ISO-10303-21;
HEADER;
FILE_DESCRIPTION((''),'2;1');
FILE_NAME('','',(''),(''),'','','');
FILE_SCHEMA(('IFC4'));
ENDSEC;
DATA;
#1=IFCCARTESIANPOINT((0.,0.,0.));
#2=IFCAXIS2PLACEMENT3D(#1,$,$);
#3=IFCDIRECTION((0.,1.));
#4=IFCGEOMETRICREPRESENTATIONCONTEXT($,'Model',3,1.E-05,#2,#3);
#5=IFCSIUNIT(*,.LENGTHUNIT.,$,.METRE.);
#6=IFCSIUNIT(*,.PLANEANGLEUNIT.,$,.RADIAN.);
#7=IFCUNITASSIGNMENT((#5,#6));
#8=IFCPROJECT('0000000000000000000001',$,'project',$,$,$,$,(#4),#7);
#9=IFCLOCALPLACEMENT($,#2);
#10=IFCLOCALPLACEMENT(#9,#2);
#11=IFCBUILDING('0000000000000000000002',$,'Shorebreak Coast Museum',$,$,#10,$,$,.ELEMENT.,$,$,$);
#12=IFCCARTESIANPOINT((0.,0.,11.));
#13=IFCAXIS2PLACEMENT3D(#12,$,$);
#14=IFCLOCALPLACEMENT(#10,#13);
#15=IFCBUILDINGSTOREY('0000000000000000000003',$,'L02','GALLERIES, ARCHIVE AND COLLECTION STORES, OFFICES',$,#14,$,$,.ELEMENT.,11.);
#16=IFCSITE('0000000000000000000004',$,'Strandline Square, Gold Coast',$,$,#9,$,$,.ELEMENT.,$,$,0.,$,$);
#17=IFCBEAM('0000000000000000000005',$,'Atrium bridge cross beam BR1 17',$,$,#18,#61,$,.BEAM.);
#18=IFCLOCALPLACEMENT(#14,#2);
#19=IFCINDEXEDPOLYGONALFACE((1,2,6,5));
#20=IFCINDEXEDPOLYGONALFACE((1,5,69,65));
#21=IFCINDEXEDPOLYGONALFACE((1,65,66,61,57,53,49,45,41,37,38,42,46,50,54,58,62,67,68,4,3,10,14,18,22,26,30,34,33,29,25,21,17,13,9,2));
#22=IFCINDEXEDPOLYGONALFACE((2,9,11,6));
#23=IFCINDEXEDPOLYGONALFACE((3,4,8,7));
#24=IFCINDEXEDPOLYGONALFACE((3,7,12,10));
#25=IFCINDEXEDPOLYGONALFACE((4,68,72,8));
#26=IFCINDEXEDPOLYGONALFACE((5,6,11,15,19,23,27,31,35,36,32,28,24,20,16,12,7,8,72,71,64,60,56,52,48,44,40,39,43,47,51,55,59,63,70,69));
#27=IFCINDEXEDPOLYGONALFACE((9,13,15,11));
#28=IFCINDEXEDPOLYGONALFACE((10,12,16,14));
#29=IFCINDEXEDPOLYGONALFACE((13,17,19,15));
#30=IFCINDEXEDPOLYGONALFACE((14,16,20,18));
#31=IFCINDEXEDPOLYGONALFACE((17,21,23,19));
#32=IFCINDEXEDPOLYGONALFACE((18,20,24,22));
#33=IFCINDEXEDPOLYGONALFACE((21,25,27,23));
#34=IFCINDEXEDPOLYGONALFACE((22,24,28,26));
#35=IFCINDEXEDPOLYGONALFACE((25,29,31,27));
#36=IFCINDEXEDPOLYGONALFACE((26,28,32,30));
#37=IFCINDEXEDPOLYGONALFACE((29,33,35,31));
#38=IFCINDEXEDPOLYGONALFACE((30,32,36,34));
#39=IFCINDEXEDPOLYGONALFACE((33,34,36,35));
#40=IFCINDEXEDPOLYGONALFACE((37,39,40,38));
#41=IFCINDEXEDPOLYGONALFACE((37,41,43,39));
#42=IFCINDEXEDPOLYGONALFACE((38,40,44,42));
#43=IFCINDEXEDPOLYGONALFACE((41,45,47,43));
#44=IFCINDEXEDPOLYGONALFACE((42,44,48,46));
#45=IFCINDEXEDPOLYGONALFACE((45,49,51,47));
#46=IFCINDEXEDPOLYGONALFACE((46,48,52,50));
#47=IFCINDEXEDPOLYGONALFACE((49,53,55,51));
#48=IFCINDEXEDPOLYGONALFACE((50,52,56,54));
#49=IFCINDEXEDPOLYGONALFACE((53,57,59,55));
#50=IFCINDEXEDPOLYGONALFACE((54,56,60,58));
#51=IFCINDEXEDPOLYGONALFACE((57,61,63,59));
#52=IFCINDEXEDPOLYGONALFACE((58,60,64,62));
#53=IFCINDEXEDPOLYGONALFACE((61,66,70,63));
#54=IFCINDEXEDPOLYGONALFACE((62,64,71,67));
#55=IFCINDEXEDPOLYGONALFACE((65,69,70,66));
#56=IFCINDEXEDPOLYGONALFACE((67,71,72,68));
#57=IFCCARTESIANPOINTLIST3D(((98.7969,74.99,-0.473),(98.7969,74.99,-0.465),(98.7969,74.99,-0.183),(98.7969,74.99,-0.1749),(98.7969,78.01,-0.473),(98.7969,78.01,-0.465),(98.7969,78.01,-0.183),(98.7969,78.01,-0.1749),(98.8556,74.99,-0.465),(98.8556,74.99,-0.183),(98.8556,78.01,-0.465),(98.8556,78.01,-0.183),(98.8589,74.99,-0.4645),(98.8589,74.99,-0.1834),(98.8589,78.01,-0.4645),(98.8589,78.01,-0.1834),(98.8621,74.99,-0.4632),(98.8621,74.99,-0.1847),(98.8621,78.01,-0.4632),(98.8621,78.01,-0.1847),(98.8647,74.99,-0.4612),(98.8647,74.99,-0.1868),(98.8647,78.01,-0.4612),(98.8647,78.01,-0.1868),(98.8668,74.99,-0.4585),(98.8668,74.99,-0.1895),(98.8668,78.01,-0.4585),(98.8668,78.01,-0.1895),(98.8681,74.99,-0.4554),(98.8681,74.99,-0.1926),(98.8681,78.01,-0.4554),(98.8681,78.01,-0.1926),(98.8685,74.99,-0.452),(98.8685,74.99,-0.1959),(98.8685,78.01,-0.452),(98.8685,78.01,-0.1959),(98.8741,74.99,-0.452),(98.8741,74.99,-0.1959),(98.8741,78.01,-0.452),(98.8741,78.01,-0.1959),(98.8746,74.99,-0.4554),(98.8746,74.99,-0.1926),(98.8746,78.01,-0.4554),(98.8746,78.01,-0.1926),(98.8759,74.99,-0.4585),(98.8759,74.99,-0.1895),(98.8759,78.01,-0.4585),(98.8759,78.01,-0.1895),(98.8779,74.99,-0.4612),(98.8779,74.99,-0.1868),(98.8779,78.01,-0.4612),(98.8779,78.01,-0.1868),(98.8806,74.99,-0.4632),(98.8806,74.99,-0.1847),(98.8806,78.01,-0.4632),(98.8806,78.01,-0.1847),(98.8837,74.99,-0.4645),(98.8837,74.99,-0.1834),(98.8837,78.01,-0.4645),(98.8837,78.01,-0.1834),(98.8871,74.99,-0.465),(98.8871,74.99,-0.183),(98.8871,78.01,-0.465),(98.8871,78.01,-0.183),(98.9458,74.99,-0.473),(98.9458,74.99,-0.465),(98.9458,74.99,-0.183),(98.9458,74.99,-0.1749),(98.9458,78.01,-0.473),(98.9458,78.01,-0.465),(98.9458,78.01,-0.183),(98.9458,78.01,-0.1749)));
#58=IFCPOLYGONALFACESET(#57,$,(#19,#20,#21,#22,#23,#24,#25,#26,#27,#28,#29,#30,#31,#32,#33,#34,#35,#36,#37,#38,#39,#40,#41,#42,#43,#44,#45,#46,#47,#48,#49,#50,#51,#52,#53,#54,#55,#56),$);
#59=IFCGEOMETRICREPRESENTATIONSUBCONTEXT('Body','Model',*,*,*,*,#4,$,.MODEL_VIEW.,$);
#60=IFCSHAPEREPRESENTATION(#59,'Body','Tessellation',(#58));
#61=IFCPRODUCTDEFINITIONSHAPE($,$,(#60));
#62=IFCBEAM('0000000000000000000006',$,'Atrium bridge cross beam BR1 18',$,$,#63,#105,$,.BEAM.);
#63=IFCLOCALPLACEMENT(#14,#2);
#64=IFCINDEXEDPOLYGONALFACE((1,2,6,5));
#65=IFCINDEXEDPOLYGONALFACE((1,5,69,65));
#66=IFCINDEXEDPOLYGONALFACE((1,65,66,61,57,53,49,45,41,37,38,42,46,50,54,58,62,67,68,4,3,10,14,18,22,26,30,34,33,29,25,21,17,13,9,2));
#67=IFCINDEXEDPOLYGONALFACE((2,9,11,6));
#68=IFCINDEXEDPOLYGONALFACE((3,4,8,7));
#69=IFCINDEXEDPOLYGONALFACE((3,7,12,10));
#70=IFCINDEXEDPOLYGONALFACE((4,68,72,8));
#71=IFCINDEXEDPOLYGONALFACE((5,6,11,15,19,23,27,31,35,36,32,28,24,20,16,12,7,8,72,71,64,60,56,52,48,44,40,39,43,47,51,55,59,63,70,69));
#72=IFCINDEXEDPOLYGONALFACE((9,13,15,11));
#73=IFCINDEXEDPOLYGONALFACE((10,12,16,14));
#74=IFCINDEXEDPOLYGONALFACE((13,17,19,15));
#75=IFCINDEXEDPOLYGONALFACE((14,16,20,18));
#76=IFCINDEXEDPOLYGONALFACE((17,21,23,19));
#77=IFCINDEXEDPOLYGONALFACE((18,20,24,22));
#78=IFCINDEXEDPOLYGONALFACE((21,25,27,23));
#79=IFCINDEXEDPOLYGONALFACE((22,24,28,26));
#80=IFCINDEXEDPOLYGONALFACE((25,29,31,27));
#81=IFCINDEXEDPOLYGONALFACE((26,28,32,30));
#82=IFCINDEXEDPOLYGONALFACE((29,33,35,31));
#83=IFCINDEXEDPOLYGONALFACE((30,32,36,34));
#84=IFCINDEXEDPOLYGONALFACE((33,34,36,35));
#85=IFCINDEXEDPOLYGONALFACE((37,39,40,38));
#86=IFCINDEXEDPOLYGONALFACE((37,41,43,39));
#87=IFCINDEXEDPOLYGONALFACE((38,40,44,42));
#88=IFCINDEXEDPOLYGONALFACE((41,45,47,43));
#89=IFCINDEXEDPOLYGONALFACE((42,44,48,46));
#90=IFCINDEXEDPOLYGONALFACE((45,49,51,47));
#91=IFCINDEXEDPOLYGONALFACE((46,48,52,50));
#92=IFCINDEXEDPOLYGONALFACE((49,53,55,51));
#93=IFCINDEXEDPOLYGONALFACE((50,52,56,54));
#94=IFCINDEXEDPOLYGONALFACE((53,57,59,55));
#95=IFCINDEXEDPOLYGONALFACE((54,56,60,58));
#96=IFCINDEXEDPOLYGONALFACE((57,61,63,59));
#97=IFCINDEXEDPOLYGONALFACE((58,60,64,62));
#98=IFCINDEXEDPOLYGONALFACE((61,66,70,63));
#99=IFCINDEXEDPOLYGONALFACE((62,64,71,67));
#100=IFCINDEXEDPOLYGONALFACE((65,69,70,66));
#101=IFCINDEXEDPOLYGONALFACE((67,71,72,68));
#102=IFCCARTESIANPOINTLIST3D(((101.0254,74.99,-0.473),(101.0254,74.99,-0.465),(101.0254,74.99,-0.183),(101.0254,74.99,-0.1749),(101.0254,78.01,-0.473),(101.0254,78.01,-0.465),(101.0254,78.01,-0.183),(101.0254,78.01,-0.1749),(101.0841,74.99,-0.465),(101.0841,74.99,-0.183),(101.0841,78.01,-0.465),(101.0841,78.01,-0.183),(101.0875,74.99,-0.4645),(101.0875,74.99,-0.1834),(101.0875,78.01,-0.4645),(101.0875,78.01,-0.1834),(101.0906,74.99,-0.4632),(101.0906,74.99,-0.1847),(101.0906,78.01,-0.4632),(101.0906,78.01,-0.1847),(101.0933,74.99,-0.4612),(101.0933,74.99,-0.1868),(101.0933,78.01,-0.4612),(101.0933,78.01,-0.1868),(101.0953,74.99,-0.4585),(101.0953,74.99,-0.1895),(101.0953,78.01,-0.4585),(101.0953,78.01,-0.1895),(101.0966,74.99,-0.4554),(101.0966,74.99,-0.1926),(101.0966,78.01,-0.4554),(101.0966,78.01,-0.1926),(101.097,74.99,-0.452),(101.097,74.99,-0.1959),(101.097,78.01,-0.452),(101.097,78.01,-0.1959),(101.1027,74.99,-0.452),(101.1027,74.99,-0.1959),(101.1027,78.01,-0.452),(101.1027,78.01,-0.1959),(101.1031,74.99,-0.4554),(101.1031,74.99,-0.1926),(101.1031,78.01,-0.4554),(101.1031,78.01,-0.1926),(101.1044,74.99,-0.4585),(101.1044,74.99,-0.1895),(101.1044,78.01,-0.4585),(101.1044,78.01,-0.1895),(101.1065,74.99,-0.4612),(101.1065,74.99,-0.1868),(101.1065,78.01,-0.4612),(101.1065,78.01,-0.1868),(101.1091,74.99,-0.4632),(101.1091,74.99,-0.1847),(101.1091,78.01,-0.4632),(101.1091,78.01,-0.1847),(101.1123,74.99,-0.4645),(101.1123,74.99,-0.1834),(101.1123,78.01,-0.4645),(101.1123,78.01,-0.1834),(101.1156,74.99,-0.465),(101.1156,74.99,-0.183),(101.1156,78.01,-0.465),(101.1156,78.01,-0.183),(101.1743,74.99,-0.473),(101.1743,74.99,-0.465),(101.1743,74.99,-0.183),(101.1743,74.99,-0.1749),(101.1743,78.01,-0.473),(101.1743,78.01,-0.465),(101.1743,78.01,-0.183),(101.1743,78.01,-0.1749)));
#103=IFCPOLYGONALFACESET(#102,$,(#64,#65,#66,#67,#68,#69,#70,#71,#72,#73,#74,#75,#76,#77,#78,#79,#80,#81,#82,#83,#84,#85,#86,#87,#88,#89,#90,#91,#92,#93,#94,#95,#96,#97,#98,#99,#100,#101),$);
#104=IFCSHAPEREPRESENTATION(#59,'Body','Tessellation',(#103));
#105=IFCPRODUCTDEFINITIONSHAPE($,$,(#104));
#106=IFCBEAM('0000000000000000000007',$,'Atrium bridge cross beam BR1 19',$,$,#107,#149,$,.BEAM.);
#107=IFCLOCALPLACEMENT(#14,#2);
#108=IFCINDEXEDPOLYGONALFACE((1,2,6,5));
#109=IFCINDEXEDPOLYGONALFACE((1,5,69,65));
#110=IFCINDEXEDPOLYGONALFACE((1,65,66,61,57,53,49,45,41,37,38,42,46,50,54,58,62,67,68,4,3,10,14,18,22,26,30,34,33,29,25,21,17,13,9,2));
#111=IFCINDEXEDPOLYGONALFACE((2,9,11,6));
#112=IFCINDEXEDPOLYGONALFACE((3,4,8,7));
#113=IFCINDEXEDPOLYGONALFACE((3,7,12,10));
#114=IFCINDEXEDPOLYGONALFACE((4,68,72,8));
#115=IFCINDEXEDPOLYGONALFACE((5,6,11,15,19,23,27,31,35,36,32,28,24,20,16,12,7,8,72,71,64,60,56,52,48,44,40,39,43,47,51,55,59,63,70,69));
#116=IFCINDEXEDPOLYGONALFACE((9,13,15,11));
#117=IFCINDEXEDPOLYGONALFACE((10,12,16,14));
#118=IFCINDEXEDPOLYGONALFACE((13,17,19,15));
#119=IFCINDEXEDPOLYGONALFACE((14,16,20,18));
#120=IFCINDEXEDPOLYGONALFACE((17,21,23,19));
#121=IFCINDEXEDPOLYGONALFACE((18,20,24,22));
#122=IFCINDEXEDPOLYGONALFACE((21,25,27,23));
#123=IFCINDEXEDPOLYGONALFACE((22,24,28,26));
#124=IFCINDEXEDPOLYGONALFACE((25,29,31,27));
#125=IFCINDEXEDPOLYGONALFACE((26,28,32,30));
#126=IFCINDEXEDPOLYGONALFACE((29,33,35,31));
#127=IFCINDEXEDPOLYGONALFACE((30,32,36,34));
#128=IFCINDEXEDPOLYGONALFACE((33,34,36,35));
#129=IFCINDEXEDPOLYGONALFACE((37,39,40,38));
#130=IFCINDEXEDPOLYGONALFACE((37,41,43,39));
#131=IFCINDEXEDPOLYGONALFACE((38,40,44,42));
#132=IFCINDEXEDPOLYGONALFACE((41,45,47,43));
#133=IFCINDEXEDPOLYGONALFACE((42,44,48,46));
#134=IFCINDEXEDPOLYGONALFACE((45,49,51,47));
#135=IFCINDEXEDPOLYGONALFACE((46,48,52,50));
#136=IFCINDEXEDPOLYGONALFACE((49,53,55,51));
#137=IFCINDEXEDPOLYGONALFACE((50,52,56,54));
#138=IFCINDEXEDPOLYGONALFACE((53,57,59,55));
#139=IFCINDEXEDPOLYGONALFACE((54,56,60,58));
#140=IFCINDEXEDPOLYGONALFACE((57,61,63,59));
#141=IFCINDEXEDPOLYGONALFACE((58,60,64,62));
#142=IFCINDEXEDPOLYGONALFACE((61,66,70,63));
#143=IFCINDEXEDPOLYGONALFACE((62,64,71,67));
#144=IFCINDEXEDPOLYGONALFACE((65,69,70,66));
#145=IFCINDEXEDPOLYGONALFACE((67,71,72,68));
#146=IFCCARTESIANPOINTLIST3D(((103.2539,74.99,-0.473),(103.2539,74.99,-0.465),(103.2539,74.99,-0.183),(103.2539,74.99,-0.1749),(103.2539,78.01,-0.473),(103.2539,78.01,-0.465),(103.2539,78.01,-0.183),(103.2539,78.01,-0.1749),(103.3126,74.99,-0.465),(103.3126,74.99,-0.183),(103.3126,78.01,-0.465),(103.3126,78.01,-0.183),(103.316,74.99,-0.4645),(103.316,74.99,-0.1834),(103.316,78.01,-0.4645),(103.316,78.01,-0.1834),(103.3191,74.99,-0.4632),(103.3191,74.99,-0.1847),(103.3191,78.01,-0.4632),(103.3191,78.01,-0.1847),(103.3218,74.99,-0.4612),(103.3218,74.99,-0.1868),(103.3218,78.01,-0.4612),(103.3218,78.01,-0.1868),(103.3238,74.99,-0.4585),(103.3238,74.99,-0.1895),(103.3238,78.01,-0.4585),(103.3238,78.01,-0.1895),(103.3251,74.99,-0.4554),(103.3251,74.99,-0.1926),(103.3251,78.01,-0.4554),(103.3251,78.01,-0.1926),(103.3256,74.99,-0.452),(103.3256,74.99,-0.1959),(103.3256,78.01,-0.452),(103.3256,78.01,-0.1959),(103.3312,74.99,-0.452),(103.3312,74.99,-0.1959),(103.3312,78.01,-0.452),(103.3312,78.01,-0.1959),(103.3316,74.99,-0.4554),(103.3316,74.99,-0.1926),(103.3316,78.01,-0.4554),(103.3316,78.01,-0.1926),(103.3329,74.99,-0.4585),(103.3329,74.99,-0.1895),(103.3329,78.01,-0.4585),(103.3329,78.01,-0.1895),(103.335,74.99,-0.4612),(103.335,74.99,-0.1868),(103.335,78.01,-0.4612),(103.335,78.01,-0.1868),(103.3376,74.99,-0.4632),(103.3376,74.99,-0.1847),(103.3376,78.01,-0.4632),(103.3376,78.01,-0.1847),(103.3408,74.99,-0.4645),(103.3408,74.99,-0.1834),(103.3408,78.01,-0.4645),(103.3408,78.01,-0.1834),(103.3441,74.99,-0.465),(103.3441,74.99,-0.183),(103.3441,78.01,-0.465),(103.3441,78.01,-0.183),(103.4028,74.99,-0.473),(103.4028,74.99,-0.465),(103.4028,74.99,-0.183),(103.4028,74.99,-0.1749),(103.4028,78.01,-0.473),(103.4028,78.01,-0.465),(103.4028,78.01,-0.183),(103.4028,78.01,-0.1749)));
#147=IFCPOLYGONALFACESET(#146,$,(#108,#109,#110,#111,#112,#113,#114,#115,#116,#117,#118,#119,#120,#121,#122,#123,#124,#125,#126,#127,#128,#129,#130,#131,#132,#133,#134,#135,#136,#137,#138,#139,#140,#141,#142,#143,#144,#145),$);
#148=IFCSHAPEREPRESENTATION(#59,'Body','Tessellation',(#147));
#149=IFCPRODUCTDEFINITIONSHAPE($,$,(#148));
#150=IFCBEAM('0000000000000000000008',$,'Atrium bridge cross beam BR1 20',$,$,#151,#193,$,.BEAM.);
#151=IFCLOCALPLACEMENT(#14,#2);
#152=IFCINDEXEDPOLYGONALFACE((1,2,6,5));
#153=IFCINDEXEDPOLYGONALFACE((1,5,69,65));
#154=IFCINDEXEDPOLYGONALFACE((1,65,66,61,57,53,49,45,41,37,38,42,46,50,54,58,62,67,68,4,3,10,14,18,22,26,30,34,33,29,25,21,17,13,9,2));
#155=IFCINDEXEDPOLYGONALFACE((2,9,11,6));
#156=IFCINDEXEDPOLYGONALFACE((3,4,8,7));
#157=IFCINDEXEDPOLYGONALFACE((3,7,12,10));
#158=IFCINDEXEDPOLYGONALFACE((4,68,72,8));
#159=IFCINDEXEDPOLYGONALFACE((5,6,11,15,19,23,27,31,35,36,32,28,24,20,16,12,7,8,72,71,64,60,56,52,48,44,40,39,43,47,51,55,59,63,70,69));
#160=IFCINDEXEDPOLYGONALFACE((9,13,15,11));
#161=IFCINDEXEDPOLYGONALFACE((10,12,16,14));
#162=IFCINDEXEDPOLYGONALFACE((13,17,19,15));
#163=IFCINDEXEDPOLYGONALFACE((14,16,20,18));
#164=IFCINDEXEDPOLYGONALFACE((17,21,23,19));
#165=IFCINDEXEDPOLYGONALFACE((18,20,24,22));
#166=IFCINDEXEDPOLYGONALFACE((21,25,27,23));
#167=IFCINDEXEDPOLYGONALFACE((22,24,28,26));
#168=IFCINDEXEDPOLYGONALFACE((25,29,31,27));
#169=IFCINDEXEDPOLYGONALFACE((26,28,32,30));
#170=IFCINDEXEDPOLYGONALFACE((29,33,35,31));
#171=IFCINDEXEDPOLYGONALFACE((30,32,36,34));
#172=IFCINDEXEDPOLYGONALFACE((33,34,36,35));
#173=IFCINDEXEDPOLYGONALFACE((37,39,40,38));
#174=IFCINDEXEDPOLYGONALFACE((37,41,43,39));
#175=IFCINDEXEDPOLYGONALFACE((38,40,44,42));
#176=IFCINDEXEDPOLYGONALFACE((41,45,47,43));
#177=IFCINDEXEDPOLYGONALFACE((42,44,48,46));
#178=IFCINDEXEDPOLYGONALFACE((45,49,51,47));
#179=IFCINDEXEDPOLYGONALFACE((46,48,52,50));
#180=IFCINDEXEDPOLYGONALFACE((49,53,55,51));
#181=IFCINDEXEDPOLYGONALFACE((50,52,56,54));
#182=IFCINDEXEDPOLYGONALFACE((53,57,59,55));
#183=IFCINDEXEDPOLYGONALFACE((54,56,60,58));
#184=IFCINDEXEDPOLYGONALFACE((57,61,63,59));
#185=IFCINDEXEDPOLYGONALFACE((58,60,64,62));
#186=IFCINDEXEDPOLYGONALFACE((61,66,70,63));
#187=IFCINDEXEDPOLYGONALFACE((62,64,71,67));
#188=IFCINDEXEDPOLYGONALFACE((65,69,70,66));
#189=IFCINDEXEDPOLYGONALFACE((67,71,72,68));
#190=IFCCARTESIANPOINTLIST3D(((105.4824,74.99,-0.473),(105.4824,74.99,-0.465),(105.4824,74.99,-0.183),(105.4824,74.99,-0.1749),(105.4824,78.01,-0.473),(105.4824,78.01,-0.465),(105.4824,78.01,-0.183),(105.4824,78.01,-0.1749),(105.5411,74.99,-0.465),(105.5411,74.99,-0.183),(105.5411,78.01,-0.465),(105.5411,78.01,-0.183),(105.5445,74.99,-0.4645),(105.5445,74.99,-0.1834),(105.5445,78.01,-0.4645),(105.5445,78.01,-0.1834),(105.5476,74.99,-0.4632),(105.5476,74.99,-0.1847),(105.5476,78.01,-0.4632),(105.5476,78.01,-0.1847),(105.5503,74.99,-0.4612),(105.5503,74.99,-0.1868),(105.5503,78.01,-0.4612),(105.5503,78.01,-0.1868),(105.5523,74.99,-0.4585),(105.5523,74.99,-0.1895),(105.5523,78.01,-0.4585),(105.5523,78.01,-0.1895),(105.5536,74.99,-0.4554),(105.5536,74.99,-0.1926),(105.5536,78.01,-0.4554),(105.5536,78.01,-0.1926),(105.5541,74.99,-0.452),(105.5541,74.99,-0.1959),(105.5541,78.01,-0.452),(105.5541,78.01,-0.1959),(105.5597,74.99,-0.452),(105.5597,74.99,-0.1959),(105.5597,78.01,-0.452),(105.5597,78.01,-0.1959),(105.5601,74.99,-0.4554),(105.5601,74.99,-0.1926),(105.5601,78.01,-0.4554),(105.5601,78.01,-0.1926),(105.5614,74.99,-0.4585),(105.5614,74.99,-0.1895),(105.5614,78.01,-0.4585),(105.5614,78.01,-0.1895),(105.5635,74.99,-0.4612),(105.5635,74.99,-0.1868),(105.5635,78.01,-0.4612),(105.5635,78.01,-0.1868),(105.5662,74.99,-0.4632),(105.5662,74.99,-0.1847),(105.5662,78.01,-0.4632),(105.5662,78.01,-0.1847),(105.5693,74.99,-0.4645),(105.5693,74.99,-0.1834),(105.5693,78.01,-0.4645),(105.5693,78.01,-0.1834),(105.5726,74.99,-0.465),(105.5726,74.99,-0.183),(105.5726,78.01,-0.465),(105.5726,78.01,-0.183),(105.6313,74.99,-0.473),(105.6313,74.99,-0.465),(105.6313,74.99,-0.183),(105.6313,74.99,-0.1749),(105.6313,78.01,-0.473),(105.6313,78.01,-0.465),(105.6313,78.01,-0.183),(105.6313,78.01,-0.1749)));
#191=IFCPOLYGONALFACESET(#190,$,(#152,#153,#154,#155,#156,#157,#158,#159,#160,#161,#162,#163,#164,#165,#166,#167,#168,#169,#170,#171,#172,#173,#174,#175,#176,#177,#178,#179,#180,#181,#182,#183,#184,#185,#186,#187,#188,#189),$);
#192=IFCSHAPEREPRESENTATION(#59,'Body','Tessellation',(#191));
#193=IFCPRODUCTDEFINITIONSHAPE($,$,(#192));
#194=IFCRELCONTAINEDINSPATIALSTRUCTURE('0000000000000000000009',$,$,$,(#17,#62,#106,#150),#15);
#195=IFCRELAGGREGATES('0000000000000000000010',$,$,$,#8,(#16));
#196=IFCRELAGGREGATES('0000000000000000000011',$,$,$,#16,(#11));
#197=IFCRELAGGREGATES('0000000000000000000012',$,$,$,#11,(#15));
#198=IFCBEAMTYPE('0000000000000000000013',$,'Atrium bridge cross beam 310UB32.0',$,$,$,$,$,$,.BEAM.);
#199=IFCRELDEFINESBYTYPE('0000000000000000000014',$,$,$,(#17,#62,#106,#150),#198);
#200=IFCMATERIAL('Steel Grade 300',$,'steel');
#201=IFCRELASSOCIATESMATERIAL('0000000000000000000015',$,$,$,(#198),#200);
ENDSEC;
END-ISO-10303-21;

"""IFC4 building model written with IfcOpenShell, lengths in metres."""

from ifc_helpers import new_model, si_unit, direction, frame, origin, origin_2d, place, context, subcontext, project, spatial, i_section, extrude, material, material_profile, profile_set, type_object, element, save


model = new_model("IFC4")

# Units and contexts
model_context = context("Model", 3, precision=1e-05, world=origin(), true_north=direction((0.0, 1.0)))
body_context = subcontext(model_context, "Body", "Model", "MODEL_VIEW")
ifc_project = project(units=[si_unit("LENGTHUNIT", "METRE"), si_unit("PLANEANGLEUNIT", "RADIAN")], contexts=[model_context])

# Site, building, storey
site_placement = place(None, origin())
site = spatial("IfcSite", under=ifc_project, at=site_placement, Name="Strandline Square, Gold Coast", CompositionType="ELEMENT", RefElevation=0.0)
building_placement = place(site_placement, origin())
building = spatial("IfcBuilding", under=site, at=building_placement, Name="Shorebreak Coast Museum", CompositionType="ELEMENT")
storey_placement = place(building_placement, frame((0.0, 0.0, 11.0)))
storey = spatial("IfcBuildingStorey", under=building, at=storey_placement, Name="L02", Description="GALLERIES, ARCHIVE AND COLLECTION STORES, OFFICES", CompositionType="ELEMENT", Elevation=11.0)

# Beams
ifc_material_1 = material(Name="Steel Grade 300", Category="steel")
ifc_material_profile_1 = material_profile(ifc_material_1, i_section(OverallWidth=0.1489, OverallDepth=0.2981, WebThickness=0.0056, FlangeThickness=0.0081, FilletRadius=0.0129, at=origin_2d()), Name="310UB32.0")
ifc_profile_set_1 = profile_set([ifc_material_profile_1], Name="Steel Grade 300")
beam_type_1 = type_object("IfcBeamType", Name="Atrium bridge cross beam 310UB32.0", PredefinedType="BEAM", material=ifc_profile_set_1)
for number, where, z_axis, x_axis, name in (
    (1, (98.8713, 74.99, -0.324), (0.0, 1.0, 0.0), (-1.0, 0.0, 0.0), "Atrium bridge cross beam BR1 17"),
    (2, (101.0999, 74.99, -0.324), (0.0, 1.0, 0.0), (-1.0, 0.0, 0.0), "Atrium bridge cross beam BR1 18"),
    (3, (103.3284, 74.99, -0.324), (0.0, 1.0, 0.0), (-1.0, 0.0, 0.0), "Atrium bridge cross beam BR1 19"),
    (4, (105.5569, 74.99, -0.324), (0.0, 1.0, 0.0), (-1.0, 0.0, 0.0), "Atrium bridge cross beam BR1 20"),
):
    element("IfcBeam", number, at=place(storey_placement, frame(where, z_axis=z_axis, x_axis=x_axis)), inside=storey, type_object=beam_type_1, Name=name, PredefinedType="BEAM", context=body_context, shape_type="SweptSolid", body=[
        extrude(i_section(OverallWidth=0.1489, OverallDepth=0.2981, WebThickness=0.0056, FlangeThickness=0.0081, FilletRadius=0.0129, at=origin_2d()), origin(), (0.0, 0.0, 1.0), 3.02),
    ])

save(model, "model.ifc")
